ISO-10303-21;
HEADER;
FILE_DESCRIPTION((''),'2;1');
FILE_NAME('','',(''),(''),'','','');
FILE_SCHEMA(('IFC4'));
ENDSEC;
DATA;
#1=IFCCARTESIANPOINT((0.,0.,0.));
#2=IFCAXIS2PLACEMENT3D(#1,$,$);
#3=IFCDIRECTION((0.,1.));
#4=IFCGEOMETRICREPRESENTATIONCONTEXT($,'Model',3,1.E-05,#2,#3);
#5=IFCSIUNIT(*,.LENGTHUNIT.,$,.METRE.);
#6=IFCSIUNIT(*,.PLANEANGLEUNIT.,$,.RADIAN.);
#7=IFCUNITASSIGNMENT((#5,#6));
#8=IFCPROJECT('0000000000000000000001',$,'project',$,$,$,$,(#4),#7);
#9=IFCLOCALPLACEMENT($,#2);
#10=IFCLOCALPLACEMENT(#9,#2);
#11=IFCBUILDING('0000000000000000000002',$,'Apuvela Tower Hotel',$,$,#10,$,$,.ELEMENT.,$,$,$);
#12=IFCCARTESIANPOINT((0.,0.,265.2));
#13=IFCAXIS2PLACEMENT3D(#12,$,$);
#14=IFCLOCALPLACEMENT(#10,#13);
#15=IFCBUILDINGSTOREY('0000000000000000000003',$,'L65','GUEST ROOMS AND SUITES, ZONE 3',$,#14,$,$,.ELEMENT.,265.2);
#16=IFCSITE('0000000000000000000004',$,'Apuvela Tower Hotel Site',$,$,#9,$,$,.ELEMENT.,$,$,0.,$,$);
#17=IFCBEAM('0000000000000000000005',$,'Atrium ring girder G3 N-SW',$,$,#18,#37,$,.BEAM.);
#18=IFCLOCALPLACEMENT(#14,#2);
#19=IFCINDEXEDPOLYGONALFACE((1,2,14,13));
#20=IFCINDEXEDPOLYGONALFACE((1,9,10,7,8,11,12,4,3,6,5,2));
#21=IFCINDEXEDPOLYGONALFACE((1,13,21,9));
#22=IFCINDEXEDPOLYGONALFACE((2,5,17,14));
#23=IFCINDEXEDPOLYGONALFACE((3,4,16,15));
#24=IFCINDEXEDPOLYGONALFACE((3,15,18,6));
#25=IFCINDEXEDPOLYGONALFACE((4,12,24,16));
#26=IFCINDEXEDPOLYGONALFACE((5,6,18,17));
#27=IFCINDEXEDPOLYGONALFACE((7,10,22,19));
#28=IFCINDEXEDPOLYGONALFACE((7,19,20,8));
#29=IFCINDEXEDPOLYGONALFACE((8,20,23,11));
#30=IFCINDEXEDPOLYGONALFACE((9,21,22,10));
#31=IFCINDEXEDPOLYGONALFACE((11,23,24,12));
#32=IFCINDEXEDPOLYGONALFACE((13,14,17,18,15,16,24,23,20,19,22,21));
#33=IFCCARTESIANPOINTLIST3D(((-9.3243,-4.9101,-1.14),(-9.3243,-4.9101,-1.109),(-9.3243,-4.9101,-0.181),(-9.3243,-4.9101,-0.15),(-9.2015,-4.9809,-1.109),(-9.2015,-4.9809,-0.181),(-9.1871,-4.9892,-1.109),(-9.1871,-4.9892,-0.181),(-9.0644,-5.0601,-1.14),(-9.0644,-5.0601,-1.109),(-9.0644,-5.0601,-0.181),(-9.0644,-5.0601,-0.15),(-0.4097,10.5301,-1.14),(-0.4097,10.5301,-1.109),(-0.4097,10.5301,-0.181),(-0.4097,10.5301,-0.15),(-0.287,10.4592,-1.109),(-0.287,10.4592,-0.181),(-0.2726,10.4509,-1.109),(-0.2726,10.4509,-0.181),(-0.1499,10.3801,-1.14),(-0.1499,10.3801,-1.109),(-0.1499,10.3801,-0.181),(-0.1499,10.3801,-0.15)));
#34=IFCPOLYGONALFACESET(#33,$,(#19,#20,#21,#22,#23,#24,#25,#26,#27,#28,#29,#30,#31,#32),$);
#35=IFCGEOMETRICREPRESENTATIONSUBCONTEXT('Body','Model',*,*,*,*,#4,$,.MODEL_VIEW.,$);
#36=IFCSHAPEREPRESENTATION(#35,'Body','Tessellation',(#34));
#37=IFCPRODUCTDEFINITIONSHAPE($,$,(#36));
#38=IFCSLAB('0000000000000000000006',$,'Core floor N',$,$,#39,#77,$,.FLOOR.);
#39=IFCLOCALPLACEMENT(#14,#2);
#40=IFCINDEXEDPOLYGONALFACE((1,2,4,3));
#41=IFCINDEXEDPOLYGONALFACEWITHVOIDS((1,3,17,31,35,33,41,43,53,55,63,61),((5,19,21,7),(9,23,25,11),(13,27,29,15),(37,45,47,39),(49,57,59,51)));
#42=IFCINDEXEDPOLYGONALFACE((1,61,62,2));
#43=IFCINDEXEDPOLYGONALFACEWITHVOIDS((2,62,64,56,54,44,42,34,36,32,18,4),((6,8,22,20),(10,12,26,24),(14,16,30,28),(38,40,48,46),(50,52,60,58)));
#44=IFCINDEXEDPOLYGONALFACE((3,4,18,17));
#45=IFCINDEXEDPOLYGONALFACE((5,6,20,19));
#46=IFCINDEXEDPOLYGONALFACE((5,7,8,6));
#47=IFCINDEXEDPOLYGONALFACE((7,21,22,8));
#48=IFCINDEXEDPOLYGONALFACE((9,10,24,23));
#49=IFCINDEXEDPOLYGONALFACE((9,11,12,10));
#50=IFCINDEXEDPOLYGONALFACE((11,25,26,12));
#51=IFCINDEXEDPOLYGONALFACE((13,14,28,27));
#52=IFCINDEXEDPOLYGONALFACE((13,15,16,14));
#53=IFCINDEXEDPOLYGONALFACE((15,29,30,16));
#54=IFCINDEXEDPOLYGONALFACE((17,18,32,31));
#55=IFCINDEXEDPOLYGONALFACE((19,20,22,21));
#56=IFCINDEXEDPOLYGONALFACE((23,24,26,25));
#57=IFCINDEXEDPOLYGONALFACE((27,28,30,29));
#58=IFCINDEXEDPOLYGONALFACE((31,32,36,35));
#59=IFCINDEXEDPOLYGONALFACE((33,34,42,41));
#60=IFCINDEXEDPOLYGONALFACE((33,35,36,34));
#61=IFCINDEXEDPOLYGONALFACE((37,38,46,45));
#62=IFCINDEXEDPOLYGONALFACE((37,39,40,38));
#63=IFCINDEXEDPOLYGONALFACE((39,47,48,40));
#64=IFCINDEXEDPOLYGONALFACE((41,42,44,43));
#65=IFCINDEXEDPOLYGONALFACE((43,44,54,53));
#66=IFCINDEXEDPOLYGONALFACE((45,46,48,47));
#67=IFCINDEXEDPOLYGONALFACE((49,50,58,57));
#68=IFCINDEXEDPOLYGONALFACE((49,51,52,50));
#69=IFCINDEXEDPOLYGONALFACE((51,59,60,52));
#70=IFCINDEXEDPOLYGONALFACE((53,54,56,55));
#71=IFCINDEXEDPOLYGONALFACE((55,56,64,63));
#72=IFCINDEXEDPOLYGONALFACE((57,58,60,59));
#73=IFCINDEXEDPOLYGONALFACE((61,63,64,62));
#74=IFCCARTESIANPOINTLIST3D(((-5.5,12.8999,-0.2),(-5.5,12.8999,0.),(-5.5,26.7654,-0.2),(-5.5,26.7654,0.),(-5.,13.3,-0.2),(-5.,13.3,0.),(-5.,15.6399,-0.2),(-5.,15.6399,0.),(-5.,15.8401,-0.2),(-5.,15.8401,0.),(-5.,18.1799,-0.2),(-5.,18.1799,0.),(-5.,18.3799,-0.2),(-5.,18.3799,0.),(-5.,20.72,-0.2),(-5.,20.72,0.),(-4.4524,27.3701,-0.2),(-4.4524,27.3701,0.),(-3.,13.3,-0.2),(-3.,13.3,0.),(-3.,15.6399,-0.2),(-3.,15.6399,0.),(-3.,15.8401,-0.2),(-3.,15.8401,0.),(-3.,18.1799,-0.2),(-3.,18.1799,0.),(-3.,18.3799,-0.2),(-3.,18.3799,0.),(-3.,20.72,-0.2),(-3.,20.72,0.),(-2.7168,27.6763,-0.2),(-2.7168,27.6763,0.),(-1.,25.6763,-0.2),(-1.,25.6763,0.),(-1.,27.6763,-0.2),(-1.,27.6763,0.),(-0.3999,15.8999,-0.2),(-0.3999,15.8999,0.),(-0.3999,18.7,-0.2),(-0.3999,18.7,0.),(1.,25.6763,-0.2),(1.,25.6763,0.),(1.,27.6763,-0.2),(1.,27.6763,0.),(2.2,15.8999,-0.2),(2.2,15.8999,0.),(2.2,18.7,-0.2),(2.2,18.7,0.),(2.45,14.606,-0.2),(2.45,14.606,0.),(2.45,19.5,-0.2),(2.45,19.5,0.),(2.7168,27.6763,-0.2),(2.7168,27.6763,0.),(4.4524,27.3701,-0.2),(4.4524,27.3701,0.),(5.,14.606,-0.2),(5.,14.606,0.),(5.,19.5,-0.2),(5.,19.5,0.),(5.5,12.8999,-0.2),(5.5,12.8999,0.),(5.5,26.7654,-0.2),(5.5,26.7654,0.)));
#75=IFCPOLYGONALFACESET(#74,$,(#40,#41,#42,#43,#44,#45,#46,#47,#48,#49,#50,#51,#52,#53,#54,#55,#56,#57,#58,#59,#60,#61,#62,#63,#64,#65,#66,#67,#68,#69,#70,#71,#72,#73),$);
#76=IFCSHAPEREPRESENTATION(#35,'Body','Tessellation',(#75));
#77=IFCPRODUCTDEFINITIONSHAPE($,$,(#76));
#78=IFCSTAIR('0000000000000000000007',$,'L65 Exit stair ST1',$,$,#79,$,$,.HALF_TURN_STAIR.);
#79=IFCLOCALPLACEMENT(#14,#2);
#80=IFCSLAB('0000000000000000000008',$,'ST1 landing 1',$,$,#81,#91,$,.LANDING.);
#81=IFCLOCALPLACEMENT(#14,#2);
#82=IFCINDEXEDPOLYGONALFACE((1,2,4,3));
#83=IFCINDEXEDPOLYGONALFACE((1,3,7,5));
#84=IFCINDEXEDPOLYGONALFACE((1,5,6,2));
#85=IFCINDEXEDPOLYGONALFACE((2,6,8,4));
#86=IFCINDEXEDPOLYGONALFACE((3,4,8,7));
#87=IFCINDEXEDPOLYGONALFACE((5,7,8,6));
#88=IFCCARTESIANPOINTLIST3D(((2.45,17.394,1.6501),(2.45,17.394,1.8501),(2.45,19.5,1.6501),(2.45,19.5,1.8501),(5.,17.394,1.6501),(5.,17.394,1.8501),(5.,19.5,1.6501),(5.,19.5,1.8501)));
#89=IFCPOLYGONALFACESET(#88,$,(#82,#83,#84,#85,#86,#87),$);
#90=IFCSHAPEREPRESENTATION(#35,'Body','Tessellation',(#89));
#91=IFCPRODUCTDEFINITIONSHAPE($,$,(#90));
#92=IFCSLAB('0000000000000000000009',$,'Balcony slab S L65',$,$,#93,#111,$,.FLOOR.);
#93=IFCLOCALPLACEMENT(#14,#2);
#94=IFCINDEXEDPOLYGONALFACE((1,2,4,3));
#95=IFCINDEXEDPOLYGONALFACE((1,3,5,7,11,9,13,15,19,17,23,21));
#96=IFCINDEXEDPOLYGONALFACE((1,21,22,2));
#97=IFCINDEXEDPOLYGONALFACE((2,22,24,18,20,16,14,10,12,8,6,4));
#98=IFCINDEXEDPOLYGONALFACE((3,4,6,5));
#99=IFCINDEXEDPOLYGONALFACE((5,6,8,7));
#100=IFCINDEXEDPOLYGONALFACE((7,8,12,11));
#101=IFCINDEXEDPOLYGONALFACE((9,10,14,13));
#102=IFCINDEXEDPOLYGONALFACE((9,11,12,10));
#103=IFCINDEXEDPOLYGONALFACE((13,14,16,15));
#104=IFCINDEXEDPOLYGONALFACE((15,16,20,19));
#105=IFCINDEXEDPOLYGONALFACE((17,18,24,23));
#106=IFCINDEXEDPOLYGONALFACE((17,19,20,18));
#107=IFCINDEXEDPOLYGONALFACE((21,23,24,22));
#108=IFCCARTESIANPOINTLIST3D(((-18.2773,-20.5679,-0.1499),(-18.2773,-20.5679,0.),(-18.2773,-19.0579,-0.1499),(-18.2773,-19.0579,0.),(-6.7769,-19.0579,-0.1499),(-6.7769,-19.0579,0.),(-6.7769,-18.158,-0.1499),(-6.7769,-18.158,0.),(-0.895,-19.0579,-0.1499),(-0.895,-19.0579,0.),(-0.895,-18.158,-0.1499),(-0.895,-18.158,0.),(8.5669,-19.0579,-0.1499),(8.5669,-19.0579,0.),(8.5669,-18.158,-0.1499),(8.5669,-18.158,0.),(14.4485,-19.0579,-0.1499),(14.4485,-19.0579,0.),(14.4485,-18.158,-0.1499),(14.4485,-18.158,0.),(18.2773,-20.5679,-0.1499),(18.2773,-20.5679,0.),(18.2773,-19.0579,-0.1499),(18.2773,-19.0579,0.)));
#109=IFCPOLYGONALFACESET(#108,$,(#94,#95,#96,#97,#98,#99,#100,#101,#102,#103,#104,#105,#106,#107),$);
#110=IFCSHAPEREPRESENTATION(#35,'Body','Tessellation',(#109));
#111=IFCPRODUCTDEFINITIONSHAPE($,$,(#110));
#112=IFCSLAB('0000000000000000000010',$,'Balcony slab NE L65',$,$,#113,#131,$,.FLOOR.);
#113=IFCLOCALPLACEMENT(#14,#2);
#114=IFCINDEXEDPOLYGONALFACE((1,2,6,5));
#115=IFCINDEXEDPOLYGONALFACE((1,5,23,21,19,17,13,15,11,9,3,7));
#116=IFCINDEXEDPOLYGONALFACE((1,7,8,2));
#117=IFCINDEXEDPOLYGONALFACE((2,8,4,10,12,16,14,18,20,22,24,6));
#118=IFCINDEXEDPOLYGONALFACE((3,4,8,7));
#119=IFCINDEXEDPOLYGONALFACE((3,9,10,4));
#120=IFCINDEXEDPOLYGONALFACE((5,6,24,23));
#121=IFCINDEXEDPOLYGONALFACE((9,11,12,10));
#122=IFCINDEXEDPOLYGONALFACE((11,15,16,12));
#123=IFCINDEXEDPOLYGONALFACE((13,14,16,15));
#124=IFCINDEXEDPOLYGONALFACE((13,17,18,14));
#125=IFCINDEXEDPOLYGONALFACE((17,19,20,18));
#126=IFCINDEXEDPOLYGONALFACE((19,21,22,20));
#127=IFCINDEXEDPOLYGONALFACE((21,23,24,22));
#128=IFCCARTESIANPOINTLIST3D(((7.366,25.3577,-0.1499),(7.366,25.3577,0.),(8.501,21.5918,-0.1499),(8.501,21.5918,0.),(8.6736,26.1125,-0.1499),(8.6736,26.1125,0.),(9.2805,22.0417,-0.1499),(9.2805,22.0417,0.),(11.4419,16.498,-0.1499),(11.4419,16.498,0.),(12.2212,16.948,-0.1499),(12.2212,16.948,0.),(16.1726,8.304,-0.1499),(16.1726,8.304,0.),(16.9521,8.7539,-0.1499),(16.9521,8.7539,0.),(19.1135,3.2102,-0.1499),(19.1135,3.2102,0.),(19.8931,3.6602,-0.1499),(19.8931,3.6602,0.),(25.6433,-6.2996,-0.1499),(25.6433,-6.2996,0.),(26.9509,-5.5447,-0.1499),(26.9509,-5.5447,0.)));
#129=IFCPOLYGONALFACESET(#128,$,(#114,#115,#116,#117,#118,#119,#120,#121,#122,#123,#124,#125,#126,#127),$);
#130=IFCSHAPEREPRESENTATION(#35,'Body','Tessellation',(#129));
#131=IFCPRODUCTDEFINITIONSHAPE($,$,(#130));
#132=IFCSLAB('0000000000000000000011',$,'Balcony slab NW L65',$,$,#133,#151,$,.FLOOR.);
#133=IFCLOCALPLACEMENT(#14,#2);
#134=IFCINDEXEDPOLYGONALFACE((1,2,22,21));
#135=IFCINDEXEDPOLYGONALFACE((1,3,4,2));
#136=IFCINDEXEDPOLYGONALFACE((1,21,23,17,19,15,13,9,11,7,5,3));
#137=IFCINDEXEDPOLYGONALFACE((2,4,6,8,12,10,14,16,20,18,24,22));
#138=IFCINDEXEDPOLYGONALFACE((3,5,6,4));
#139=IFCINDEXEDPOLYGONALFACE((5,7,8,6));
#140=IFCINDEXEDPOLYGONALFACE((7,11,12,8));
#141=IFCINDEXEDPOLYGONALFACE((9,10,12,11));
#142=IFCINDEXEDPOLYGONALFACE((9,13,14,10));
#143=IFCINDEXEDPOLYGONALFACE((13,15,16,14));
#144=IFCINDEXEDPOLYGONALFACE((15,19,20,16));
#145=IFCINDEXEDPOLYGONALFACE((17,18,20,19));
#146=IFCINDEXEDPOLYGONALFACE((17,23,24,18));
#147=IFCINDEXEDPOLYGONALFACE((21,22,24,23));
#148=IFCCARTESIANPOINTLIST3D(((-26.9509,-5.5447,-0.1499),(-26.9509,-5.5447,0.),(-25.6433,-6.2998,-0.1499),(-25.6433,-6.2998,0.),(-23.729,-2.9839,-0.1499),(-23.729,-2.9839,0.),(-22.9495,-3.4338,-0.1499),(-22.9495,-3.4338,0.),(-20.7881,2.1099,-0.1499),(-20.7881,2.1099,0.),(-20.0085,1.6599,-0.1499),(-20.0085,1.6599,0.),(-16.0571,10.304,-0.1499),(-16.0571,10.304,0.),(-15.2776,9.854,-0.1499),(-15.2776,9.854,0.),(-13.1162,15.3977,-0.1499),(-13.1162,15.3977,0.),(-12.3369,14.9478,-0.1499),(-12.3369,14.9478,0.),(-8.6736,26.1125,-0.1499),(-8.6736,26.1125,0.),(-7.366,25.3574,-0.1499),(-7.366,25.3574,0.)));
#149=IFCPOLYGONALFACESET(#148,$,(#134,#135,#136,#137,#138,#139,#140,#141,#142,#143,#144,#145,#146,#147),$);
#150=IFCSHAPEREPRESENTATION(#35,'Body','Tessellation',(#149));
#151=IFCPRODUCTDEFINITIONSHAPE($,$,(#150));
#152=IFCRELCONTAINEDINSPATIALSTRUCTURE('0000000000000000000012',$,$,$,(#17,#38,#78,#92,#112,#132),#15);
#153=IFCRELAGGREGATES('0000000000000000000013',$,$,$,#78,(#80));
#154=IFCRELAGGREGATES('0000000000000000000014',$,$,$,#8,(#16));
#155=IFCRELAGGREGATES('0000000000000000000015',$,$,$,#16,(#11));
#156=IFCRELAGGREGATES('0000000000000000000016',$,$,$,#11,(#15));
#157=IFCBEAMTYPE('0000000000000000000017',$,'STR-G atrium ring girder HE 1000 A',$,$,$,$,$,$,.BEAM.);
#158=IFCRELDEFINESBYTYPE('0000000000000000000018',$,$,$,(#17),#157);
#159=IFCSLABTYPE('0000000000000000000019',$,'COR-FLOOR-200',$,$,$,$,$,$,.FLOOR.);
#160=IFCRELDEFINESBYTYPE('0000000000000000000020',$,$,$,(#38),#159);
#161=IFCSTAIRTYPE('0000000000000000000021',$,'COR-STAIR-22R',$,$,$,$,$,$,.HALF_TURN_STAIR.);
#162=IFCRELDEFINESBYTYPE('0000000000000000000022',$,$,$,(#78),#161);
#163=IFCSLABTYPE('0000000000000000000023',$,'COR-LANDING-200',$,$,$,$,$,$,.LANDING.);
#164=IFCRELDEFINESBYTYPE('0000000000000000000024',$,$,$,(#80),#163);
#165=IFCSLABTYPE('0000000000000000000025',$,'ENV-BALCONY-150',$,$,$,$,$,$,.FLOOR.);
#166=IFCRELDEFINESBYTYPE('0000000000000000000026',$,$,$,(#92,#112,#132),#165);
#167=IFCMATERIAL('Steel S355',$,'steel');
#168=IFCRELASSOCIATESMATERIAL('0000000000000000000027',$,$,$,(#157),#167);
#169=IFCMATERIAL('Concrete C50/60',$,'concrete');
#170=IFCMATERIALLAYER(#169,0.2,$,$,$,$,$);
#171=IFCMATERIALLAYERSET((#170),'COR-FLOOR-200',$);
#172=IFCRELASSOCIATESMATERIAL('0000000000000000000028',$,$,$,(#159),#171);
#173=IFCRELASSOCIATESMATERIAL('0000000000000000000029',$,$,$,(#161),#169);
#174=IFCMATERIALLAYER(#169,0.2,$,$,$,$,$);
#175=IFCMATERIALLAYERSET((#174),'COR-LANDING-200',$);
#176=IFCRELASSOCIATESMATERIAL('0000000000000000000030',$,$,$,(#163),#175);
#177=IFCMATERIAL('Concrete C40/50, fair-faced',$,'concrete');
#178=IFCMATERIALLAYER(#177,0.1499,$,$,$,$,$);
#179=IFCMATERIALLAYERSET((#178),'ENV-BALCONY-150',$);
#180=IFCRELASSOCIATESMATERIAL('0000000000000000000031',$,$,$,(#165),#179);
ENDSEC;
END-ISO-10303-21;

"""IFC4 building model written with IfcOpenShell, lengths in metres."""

from ifc_helpers import new_model, si_unit, direction, frame, origin, origin_2d, place, context, subcontext, project, spatial, polyline, i_section, outline, extrude, material, layer, layer_set, material_profile, profile_set, type_object, element, aggregate, save


model = new_model("IFC4")

# Units and contexts
model_context = context("Model", 3, precision=1e-05, world=origin(), true_north=direction((0.0, 1.0)))
body_context = subcontext(model_context, "Body", "Model", "MODEL_VIEW")
ifc_project = project(units=[si_unit("LENGTHUNIT", "METRE"), si_unit("PLANEANGLEUNIT", "RADIAN")], contexts=[model_context])

# Site, building, storey
site_placement = place(None, origin())
site = spatial("IfcSite", under=ifc_project, at=site_placement, Name="Apuvela Tower Hotel Site", CompositionType="ELEMENT", RefElevation=0.0)
building_placement = place(site_placement, origin())
building = spatial("IfcBuilding", under=site, at=building_placement, Name="Apuvela Tower Hotel", CompositionType="ELEMENT")
storey_placement = place(building_placement, frame((0.0, 0.0, 265.2)))
storey = spatial("IfcBuildingStorey", under=building, at=storey_placement, Name="L65", Description="GUEST ROOMS AND SUITES, ZONE 3", CompositionType="ELEMENT", Elevation=265.2)

# Beam
ifc_material_1 = material(Name="Steel S355", Category="steel")
ifc_material_profile = material_profile(ifc_material_1, i_section(OverallWidth=0.3, OverallDepth=0.99, WebThickness=0.0166, FlangeThickness=0.031, at=origin_2d()), Name="HE 1000 A")
ifc_profile_set = profile_set([ifc_material_profile], Name="Steel S355")
beam_type = type_object("IfcBeamType", Name="STR-G atrium ring girder HE 1000 A", PredefinedType="BEAM", material=ifc_profile_set)
beam_placement = place(storey_placement, frame((-0.2798, 10.4551, -0.645), z_axis=(-0.500007, -0.866022, 0.0), x_axis=(0.866022, -0.500007, 0.0)))
element("IfcBeam", 1, at=beam_placement, inside=storey, type_object=beam_type, Name="Atrium ring girder G3 N-SW", PredefinedType="BEAM", context=body_context, shape_type="SweptSolid", body=[
    extrude(i_section(OverallWidth=0.3, OverallDepth=0.99, WebThickness=0.0166, FlangeThickness=0.031, at=origin_2d()), origin(), (0.0, 0.0, 1.0), 17.8289),
])

# Slab
ifc_material_2 = material(Name="Concrete C50/60", Category="concrete")
ifc_layer_1 = layer(ifc_material_2, 0.2)
ifc_layer_set_1 = layer_set([ifc_layer_1], Name="COR-FLOOR-200")
slab_type_1 = type_object("IfcSlabType", Name="COR-FLOOR-200", PredefinedType="FLOOR", material=ifc_layer_set_1)
slab_1_placement = place(storey_placement, frame((0.0, 0.0, -0.2)))
element("IfcSlab", 2, at=slab_1_placement, inside=storey, type_object=slab_type_1, Name="Core floor N", PredefinedType="FLOOR", context=body_context, shape_type="SweptSolid", body=[
    extrude(outline(polyline([(5.5, 26.7654), (4.4524, 27.3701), (2.7168, 27.6763), (1.0, 27.6763), (1.0, 25.6763), (-1.0, 25.6763), (-1.0, 27.6763), (-2.7168, 27.6763), (-4.4524, 27.3701), (-5.5, 26.7654), (-5.5, 12.8999), (5.5, 12.8999), (5.5, 26.7654)]), holes=[polyline([(-3.0, 13.3), (-5.0, 13.3), (-5.0, 15.6399), (-3.0, 15.6399), (-3.0, 13.3)]), polyline([(-3.0, 15.8401), (-5.0, 15.8401), (-5.0, 18.1799), (-3.0, 18.1799), (-3.0, 15.8401)]), polyline([(5.0, 14.606), (2.45, 14.606), (2.45, 19.5), (5.0, 19.5), (5.0, 14.606)]), polyline([(2.2, 18.7), (2.2, 15.8999), (-0.3999, 15.8999), (-0.3999, 18.7), (2.2, 18.7)]), polyline([(-3.0, 20.72), (-3.0, 18.3799), (-5.0, 18.3799), (-5.0, 20.72), (-3.0, 20.72)])]), origin(), (0.0, 0.0, 1.0), 0.2),
])

# Stair, slab
stair_type = type_object("IfcStairType", Name="COR-STAIR-22R", PredefinedType="HALF_TURN_STAIR", material=ifc_material_2)
stair_placement = place(storey_placement, origin())
stair = element("IfcStair", 3, at=stair_placement, inside=storey, type_object=stair_type, Name="L65 Exit stair ST1", PredefinedType="HALF_TURN_STAIR")
ifc_layer_2 = layer(ifc_material_2, 0.2)
ifc_layer_set_2 = layer_set([ifc_layer_2], Name="COR-LANDING-200")
slab_type_2 = type_object("IfcSlabType", Name="COR-LANDING-200", PredefinedType="LANDING", material=ifc_layer_set_2)
slab_2_placement = place(storey_placement, frame((0.0, 0.0, 1.6501)))
slab_2 = element("IfcSlab", 4, at=slab_2_placement, type_object=slab_type_2, Name="ST1 landing 1", PredefinedType="LANDING", context=body_context, shape_type="SweptSolid", body=[
    extrude(outline(polyline([(5.0, 17.394), (5.0, 19.5), (2.45, 19.5), (2.45, 17.394), (5.0, 17.394)])), origin(), (0.0, 0.0, 1.0), 0.2),
])
aggregate(stair, [slab_2])

# Slabs
ifc_material_3 = material(Name="Concrete C40/50, fair-faced", Category="concrete")
ifc_layer_3 = layer(ifc_material_3, 0.1499)
ifc_layer_set_3 = layer_set([ifc_layer_3], Name="ENV-BALCONY-150")
slab_type_3 = type_object("IfcSlabType", Name="ENV-BALCONY-150", PredefinedType="FLOOR", material=ifc_layer_set_3)
slab_3_placement = place(storey_placement, frame((0.0, 0.0, -0.1499)))
element("IfcSlab", 5, at=slab_3_placement, inside=storey, type_object=slab_type_3, Name="Balcony slab S L65", PredefinedType="FLOOR", context=body_context, shape_type="SweptSolid", body=[
    extrude(outline(polyline([(18.2773, -20.5679), (-18.2773, -20.5679), (-18.2773, -19.0579), (-6.7769, -19.0579), (-6.7769, -18.158), (-0.895, -18.158), (-0.895, -19.0579), (8.5669, -19.0579), (8.5669, -18.158), (14.4485, -18.158), (14.4485, -19.0579), (18.2773, -19.0579), (18.2773, -20.5679)])), origin(), (0.0, 0.0, 1.0), 0.1499),
])
slab_4_placement = place(storey_placement, frame((0.0, 0.0, -0.1499)))
element("IfcSlab", 6, at=slab_4_placement, inside=storey, type_object=slab_type_3, Name="Balcony slab NE L65", PredefinedType="FLOOR", context=body_context, shape_type="SweptSolid", body=[
    extrude(outline(polyline([(16.9521, 8.7539), (12.2212, 16.948), (11.4419, 16.498), (8.501, 21.5918), (9.2805, 22.0417), (7.366, 25.3577), (8.6736, 26.1125), (26.9509, -5.5447), (25.6433, -6.2996), (19.8931, 3.6602), (19.1135, 3.2102), (16.1726, 8.304), (16.9521, 8.7539)])), origin(), (0.0, 0.0, 1.0), 0.1499),
])
slab_5_placement = place(storey_placement, frame((0.0, 0.0, -0.1499)))
element("IfcSlab", 7, at=slab_5_placement, inside=storey, type_object=slab_type_3, Name="Balcony slab NW L65", PredefinedType="FLOOR", context=body_context, shape_type="SweptSolid", body=[
    extrude(outline(polyline([(-26.9509, -5.5447), (-8.6736, 26.1125), (-7.366, 25.3574), (-13.1162, 15.3977), (-12.3369, 14.9478), (-15.2776, 9.854), (-16.0571, 10.304), (-20.7881, 2.1099), (-20.0085, 1.6599), (-22.9495, -3.4338), (-23.729, -2.9839), (-25.6433, -6.2998), (-26.9509, -5.5447)])), origin(), (0.0, 0.0, 1.0), 0.1499),
])

save(model, "model.ifc")
